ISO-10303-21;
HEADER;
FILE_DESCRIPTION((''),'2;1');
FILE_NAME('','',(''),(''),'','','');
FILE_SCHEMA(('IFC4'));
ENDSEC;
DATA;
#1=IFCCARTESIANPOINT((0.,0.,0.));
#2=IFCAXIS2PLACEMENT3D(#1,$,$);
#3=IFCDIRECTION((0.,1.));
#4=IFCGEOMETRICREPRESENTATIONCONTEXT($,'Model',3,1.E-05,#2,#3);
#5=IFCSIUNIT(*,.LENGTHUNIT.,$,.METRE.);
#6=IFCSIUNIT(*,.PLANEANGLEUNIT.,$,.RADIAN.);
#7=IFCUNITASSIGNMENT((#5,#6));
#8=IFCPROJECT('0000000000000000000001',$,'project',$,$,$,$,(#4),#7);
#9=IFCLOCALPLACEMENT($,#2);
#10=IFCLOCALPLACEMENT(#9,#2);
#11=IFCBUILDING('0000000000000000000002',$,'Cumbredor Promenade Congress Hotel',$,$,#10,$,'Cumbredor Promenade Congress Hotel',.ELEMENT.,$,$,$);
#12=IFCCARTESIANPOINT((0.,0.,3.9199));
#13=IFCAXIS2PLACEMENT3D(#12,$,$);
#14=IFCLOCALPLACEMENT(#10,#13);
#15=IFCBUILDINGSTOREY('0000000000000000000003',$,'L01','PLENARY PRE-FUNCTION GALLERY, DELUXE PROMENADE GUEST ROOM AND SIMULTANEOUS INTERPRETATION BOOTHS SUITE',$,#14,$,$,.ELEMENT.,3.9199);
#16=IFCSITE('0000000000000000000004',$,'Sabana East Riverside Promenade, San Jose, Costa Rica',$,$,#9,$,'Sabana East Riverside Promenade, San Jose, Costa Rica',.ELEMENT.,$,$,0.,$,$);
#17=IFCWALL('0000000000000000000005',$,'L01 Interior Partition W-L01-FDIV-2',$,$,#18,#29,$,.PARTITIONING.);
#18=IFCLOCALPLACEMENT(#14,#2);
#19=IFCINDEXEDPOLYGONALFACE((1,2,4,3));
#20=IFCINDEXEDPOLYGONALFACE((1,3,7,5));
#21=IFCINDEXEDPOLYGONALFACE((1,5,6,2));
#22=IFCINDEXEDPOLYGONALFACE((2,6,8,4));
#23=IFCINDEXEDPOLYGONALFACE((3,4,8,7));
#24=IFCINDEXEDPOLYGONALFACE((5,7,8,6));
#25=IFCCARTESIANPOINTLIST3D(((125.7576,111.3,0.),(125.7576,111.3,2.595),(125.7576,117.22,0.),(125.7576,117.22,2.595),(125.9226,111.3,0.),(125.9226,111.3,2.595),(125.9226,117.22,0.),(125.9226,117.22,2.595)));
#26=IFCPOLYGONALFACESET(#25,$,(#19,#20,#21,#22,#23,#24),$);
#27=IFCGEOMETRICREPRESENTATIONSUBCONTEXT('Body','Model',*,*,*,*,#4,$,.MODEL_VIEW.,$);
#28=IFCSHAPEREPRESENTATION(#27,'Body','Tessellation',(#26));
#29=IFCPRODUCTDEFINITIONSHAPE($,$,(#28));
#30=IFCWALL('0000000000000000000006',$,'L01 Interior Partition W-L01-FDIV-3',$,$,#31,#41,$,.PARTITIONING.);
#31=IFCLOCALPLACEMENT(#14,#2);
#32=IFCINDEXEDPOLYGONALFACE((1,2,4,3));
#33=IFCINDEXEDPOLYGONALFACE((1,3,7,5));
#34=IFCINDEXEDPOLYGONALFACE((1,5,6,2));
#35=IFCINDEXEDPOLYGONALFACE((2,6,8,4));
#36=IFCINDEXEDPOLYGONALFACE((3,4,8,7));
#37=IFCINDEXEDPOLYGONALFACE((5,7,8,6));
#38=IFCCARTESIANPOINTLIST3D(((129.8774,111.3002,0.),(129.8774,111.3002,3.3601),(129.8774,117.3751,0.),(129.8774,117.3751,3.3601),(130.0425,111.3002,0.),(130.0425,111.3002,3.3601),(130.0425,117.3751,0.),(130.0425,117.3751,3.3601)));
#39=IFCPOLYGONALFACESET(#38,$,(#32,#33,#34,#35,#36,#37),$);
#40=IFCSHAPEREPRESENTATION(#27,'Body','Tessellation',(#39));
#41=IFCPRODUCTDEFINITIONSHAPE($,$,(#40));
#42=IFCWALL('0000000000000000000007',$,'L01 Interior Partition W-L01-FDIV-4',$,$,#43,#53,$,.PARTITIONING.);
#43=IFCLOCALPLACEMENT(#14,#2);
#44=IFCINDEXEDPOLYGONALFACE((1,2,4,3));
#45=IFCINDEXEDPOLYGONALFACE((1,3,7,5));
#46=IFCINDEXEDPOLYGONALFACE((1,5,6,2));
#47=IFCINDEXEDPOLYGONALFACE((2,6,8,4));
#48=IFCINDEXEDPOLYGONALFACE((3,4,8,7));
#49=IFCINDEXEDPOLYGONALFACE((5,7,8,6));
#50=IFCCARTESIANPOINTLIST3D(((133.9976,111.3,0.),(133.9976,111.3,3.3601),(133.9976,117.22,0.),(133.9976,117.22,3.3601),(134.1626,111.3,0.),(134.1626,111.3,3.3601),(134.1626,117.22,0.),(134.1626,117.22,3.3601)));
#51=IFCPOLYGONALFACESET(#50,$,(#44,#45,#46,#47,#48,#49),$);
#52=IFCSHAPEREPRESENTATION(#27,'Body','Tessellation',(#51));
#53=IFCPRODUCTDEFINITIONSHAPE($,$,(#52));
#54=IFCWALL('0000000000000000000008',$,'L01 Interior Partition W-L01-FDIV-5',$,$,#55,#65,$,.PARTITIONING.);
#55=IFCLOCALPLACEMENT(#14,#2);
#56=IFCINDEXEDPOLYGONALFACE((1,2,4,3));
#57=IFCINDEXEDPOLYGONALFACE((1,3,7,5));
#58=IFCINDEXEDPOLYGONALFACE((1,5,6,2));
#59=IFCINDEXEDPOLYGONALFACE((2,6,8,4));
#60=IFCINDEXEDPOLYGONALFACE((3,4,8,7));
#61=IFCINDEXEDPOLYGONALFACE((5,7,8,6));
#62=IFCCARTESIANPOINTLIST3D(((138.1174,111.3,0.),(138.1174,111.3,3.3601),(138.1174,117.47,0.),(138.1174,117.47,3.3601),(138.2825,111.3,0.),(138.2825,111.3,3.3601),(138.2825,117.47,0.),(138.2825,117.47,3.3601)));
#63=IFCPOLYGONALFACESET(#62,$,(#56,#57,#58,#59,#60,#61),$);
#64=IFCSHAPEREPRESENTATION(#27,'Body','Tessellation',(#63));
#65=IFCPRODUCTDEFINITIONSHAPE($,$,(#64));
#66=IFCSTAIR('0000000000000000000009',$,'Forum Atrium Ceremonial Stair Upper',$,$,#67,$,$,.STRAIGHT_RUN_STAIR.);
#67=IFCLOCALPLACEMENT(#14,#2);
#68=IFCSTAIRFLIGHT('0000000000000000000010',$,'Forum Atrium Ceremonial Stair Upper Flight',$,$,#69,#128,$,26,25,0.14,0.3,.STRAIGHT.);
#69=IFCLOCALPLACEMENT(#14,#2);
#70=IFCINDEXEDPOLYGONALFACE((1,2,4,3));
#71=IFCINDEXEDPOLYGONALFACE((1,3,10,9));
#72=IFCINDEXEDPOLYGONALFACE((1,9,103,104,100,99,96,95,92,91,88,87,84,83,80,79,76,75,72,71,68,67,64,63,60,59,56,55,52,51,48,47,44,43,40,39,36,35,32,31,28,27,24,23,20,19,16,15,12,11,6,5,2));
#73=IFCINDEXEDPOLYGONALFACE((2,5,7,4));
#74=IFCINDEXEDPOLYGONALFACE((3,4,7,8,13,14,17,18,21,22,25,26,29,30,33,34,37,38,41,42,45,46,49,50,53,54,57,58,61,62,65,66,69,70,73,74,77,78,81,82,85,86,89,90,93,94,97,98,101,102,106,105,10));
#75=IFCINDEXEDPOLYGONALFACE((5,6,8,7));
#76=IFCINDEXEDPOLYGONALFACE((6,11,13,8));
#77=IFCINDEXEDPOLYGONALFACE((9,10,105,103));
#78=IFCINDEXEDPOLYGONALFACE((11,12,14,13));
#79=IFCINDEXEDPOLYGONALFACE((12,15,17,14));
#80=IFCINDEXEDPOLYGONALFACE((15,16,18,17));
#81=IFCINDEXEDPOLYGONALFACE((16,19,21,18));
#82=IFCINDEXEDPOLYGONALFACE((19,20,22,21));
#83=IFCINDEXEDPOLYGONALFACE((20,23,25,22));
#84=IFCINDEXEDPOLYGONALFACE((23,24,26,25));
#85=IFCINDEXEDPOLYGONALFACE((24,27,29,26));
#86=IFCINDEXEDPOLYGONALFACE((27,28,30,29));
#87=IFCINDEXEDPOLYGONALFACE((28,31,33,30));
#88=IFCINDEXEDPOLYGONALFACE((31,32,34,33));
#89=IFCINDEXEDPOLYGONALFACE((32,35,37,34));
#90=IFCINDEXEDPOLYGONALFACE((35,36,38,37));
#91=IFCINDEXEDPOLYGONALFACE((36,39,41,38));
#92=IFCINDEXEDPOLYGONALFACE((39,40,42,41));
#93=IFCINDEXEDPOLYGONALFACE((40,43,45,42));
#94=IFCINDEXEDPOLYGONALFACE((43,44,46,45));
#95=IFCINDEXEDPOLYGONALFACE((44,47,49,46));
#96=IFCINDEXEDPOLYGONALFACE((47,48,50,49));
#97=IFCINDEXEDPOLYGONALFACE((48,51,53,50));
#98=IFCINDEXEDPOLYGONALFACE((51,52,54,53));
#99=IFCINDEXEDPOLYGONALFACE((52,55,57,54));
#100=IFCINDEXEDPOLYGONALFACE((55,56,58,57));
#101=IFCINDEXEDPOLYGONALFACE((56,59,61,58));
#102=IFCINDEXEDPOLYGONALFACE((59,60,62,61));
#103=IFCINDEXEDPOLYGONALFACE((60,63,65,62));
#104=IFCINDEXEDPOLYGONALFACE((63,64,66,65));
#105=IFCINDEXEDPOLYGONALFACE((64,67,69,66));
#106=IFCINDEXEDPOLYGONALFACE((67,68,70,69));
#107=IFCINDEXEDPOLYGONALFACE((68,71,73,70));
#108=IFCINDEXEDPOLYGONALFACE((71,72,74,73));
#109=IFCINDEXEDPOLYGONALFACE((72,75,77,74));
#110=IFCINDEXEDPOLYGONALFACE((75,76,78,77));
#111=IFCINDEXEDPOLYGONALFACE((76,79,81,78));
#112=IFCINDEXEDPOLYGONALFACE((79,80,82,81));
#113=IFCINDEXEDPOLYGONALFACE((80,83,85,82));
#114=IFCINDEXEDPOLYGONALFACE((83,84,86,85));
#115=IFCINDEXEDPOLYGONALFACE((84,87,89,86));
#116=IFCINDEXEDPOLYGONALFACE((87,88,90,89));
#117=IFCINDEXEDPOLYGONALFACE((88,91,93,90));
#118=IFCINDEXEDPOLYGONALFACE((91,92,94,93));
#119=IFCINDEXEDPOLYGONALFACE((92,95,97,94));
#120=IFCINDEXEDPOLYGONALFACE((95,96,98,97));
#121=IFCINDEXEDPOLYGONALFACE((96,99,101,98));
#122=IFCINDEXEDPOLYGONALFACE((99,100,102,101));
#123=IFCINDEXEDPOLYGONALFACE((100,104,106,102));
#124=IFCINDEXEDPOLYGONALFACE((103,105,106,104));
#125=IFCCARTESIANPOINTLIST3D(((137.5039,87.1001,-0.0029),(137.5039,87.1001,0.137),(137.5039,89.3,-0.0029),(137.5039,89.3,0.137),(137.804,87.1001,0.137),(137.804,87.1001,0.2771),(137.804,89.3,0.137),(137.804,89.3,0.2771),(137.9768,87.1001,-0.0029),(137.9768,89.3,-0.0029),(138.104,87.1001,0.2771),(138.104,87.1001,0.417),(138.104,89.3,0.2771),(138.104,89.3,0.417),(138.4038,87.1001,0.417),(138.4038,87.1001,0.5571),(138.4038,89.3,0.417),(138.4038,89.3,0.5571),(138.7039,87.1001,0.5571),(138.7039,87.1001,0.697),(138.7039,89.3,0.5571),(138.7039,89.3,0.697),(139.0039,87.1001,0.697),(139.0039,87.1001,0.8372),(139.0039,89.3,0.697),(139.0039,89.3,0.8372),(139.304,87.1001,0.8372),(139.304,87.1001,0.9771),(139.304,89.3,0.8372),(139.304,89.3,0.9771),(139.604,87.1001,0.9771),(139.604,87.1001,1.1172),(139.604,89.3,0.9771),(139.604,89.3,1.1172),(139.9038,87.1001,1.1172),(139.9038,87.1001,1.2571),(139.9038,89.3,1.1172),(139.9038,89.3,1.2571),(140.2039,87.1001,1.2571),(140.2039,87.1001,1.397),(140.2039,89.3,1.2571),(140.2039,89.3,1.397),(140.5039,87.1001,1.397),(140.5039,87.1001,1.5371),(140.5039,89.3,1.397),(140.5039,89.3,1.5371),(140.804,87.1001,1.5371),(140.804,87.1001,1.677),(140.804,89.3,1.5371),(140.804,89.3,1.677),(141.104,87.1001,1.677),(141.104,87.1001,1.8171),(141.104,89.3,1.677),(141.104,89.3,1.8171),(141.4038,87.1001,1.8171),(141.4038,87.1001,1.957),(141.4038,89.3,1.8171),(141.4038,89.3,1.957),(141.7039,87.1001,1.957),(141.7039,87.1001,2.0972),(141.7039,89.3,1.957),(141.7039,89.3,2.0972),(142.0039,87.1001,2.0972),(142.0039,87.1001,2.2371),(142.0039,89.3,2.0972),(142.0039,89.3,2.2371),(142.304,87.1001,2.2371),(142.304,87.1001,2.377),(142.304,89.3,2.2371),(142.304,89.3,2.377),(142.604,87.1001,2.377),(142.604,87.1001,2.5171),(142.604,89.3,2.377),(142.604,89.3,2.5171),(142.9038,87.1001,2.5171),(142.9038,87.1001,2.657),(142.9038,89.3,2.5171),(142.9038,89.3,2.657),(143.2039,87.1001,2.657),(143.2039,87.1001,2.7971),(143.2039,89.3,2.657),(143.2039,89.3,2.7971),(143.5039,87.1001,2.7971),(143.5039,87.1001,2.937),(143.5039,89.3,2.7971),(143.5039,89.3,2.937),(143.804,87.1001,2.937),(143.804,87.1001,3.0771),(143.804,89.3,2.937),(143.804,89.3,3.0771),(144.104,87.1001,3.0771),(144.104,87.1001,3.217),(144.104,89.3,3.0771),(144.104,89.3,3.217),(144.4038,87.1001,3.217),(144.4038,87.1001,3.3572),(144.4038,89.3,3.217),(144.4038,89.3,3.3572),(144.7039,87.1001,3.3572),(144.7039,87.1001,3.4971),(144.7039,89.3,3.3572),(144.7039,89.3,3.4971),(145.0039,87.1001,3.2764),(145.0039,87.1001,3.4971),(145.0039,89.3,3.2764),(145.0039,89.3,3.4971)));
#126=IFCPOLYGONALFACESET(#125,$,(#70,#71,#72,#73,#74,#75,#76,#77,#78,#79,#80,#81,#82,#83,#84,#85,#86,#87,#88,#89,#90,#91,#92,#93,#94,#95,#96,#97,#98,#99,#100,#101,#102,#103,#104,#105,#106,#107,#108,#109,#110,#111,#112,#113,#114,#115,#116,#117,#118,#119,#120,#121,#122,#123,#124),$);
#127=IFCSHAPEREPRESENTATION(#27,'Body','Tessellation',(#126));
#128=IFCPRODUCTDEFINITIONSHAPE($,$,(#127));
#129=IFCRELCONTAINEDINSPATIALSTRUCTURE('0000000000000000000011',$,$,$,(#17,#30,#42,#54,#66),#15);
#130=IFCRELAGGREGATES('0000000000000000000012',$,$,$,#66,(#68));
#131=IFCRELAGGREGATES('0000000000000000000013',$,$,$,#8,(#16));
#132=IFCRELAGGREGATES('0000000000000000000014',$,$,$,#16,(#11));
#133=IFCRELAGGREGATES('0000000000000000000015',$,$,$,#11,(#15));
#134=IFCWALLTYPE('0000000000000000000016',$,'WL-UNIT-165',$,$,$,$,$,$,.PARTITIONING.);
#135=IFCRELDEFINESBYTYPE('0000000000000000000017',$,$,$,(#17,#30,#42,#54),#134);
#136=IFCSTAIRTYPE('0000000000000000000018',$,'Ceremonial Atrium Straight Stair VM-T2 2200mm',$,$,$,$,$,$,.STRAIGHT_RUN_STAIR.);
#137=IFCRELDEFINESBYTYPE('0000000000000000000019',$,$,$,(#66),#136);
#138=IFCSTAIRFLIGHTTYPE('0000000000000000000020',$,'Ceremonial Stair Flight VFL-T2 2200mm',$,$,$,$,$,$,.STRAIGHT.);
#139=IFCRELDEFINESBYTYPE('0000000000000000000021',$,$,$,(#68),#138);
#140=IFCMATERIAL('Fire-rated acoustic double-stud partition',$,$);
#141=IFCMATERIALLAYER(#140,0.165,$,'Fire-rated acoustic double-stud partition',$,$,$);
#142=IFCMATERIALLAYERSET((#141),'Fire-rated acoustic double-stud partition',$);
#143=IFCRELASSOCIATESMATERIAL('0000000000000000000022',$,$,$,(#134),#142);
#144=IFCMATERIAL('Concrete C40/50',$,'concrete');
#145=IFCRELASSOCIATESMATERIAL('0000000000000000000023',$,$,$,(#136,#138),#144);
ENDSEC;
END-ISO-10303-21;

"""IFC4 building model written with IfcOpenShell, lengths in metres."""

from ifc_helpers import new_model, si_unit, direction, frame, frame_2d, origin, place, context, subcontext, project, spatial, polyline, rectangle, outline, extrude, material, layer, layer_set, type_object, element, aggregate, save


model = new_model("IFC4")

# Units and contexts
model_context = context("Model", 3, precision=1e-05, world=origin(), true_north=direction((0.0, 1.0)))
body_context = subcontext(model_context, "Body", "Model", "MODEL_VIEW")
ifc_project = project(units=[si_unit("LENGTHUNIT", "METRE"), si_unit("PLANEANGLEUNIT", "RADIAN")], contexts=[model_context])

# Site, building, storey
site_placement = place(None, origin())
site = spatial("IfcSite", under=ifc_project, at=site_placement, Name="Sabana East Riverside Promenade, San Jose, Costa Rica", LongName="Sabana East Riverside Promenade, San Jose, Costa Rica", CompositionType="ELEMENT", RefElevation=0.0)
building_placement = place(site_placement, origin())
building = spatial("IfcBuilding", under=site, at=building_placement, Name="Cumbredor Promenade Congress Hotel", LongName="Cumbredor Promenade Congress Hotel", CompositionType="ELEMENT")
storey_placement = place(building_placement, frame((0.0, 0.0, 3.9199)))
storey = spatial("IfcBuildingStorey", under=building, at=storey_placement, Name="L01", Description="PLENARY PRE-FUNCTION GALLERY, DELUXE PROMENADE GUEST ROOM AND SIMULTANEOUS INTERPRETATION BOOTHS SUITE", CompositionType="ELEMENT", Elevation=3.9199)

# Shared definitions
ifc_material_1 = material(Name="Concrete C40/50", Category="concrete")

# Walls
ifc_material_2 = material(Name="Fire-rated acoustic double-stud partition")
ifc_layer_1 = layer(ifc_material_2, 0.165, Name="Fire-rated acoustic double-stud partition")
ifc_layer_set_1 = layer_set([ifc_layer_1], Name="Fire-rated acoustic double-stud partition")
wall_type_1 = type_object("IfcWallType", Name="WL-UNIT-165", PredefinedType="PARTITIONING", material=ifc_layer_set_1)
wall_1_placement = place(storey_placement, frame((125.8401, 111.3, 0.0), z_axis=(0.0, 0.0, 1.0), x_axis=(0.0, 1.0, 0.0)))
element("IfcWall", 1, at=wall_1_placement, inside=storey, type_object=wall_type_1, Name="L01 Interior Partition W-L01-FDIV-2", PredefinedType="PARTITIONING", context=body_context, shape_type="SweptSolid", body=[
    extrude(rectangle(XDim=5.9199, YDim=0.165, at=frame_2d((2.96, 0.0))), origin(), (0.0, 0.0, 1.0), 2.595),
])
wall_2_placement = place(storey_placement, frame((129.96, 111.3, 0.0), z_axis=(0.0, 0.0, 1.0), x_axis=(0.0, 1.0, 0.0)))
element("IfcWall", 2, at=wall_2_placement, inside=storey, type_object=wall_type_1, Name="L01 Interior Partition W-L01-FDIV-3", PredefinedType="PARTITIONING", context=body_context, shape_type="SweptSolid", body=[
    extrude(rectangle(XDim=6.075, YDim=0.165, at=frame_2d((3.0376, 0.0))), origin(), (0.0, 0.0, 1.0), 3.3601),
])
wall_3_placement = place(storey_placement, frame((134.0801, 111.3, 0.0), z_axis=(0.0, 0.0, 1.0), x_axis=(0.0, 1.0, 0.0)))
element("IfcWall", 3, at=wall_3_placement, inside=storey, type_object=wall_type_1, Name="L01 Interior Partition W-L01-FDIV-4", PredefinedType="PARTITIONING", context=body_context, shape_type="SweptSolid", body=[
    extrude(rectangle(XDim=5.9199, YDim=0.165, at=frame_2d((2.96, 0.0))), origin(), (0.0, 0.0, 1.0), 3.3601),
])
wall_4_placement = place(storey_placement, frame((138.2, 111.3, 0.0), z_axis=(0.0, 0.0, 1.0), x_axis=(0.0, 1.0, 0.0)))
element("IfcWall", 4, at=wall_4_placement, inside=storey, type_object=wall_type_1, Name="L01 Interior Partition W-L01-FDIV-5", PredefinedType="PARTITIONING", context=body_context, shape_type="SweptSolid", body=[
    extrude(rectangle(XDim=6.1699, YDim=0.165, at=frame_2d((3.085, 0.0))), origin(), (0.0, 0.0, 1.0), 3.3601),
])

# Stair, stair flight
stair_type = type_object("IfcStairType", Name="Ceremonial Atrium Straight Stair VM-T2 2200mm", PredefinedType="STRAIGHT_RUN_STAIR", material=ifc_material_1)
stair_placement = place(storey_placement, origin())
stair = element("IfcStair", 5, at=stair_placement, inside=storey, type_object=stair_type, Name="Forum Atrium Ceremonial Stair Upper", PredefinedType="STRAIGHT_RUN_STAIR")
stair_flight_type = type_object("IfcStairFlightType", Name="Ceremonial Stair Flight VFL-T2 2200mm", PredefinedType="STRAIGHT", material=ifc_material_1)
stair_flight_placement = place(storey_placement, frame((137.5039, 88.2, -0.0029), z_axis=(0.0, 0.0, 1.0), x_axis=(1.0, 0.0, 0.0)))
stair_flight = element("IfcStairFlight", 6, at=stair_flight_placement, type_object=stair_flight_type, Name="Forum Atrium Ceremonial Stair Upper Flight", NumberOfRisers=26, NumberOfTreads=25, PredefinedType="STRAIGHT", RiserHeight=0.14, TreadLength=0.3, context=body_context, shape_type="SweptSolid", body=[
    extrude(outline(polyline([(0.0, 0.0), (0.0, 0.1399), (0.3, 0.1399), (0.3, 0.28), (0.6001, 0.28), (0.6001, 0.4199), (0.8999, 0.4199), (0.8999, 0.5601), (1.2, 0.5601), (1.2, 0.7), (1.5, 0.7), (1.5, 0.8401), (1.8, 0.8401), (1.8, 0.98), (2.1001, 0.98), (2.1001, 1.1201), (2.3999, 1.1201), (2.3999, 1.26), (2.7, 1.26), (2.7, 1.3999), (3.0, 1.3999), (3.0, 1.54), (3.3, 1.54), (3.3, 1.6799), (3.6001, 1.6799), (3.6001, 1.8201), (3.8999, 1.8201), (3.8999, 1.96), (4.2, 1.96), (4.2, 2.1001), (4.5, 2.1001), (4.5, 2.24), (4.8, 2.24), (4.8, 2.3799), (5.1001, 2.3799), (5.1001, 2.52), (5.3999, 2.52), (5.3999, 2.6599), (5.7, 2.6599), (5.7, 2.8), (6.0, 2.8), (6.0, 2.9399), (6.3, 2.9399), (6.3, 3.0801), (6.6001, 3.0801), (6.6001, 3.22), (6.8999, 3.22), (6.8999, 3.3601), (7.2, 3.3601), (7.2, 3.5), (7.5, 3.5), (7.5, 3.6399), (7.5, 3.2793), (0.4729, 0.0), (0.0, 0.0)])), frame((0.0, 1.1001, 0.0), z_axis=(0.0, -1.0, 0.0), x_axis=(1.0, 0.0, 0.0)), (0.0, 0.0, 1.0), 2.2),
])
aggregate(stair, [stair_flight])

save(model, "model.ifc")
